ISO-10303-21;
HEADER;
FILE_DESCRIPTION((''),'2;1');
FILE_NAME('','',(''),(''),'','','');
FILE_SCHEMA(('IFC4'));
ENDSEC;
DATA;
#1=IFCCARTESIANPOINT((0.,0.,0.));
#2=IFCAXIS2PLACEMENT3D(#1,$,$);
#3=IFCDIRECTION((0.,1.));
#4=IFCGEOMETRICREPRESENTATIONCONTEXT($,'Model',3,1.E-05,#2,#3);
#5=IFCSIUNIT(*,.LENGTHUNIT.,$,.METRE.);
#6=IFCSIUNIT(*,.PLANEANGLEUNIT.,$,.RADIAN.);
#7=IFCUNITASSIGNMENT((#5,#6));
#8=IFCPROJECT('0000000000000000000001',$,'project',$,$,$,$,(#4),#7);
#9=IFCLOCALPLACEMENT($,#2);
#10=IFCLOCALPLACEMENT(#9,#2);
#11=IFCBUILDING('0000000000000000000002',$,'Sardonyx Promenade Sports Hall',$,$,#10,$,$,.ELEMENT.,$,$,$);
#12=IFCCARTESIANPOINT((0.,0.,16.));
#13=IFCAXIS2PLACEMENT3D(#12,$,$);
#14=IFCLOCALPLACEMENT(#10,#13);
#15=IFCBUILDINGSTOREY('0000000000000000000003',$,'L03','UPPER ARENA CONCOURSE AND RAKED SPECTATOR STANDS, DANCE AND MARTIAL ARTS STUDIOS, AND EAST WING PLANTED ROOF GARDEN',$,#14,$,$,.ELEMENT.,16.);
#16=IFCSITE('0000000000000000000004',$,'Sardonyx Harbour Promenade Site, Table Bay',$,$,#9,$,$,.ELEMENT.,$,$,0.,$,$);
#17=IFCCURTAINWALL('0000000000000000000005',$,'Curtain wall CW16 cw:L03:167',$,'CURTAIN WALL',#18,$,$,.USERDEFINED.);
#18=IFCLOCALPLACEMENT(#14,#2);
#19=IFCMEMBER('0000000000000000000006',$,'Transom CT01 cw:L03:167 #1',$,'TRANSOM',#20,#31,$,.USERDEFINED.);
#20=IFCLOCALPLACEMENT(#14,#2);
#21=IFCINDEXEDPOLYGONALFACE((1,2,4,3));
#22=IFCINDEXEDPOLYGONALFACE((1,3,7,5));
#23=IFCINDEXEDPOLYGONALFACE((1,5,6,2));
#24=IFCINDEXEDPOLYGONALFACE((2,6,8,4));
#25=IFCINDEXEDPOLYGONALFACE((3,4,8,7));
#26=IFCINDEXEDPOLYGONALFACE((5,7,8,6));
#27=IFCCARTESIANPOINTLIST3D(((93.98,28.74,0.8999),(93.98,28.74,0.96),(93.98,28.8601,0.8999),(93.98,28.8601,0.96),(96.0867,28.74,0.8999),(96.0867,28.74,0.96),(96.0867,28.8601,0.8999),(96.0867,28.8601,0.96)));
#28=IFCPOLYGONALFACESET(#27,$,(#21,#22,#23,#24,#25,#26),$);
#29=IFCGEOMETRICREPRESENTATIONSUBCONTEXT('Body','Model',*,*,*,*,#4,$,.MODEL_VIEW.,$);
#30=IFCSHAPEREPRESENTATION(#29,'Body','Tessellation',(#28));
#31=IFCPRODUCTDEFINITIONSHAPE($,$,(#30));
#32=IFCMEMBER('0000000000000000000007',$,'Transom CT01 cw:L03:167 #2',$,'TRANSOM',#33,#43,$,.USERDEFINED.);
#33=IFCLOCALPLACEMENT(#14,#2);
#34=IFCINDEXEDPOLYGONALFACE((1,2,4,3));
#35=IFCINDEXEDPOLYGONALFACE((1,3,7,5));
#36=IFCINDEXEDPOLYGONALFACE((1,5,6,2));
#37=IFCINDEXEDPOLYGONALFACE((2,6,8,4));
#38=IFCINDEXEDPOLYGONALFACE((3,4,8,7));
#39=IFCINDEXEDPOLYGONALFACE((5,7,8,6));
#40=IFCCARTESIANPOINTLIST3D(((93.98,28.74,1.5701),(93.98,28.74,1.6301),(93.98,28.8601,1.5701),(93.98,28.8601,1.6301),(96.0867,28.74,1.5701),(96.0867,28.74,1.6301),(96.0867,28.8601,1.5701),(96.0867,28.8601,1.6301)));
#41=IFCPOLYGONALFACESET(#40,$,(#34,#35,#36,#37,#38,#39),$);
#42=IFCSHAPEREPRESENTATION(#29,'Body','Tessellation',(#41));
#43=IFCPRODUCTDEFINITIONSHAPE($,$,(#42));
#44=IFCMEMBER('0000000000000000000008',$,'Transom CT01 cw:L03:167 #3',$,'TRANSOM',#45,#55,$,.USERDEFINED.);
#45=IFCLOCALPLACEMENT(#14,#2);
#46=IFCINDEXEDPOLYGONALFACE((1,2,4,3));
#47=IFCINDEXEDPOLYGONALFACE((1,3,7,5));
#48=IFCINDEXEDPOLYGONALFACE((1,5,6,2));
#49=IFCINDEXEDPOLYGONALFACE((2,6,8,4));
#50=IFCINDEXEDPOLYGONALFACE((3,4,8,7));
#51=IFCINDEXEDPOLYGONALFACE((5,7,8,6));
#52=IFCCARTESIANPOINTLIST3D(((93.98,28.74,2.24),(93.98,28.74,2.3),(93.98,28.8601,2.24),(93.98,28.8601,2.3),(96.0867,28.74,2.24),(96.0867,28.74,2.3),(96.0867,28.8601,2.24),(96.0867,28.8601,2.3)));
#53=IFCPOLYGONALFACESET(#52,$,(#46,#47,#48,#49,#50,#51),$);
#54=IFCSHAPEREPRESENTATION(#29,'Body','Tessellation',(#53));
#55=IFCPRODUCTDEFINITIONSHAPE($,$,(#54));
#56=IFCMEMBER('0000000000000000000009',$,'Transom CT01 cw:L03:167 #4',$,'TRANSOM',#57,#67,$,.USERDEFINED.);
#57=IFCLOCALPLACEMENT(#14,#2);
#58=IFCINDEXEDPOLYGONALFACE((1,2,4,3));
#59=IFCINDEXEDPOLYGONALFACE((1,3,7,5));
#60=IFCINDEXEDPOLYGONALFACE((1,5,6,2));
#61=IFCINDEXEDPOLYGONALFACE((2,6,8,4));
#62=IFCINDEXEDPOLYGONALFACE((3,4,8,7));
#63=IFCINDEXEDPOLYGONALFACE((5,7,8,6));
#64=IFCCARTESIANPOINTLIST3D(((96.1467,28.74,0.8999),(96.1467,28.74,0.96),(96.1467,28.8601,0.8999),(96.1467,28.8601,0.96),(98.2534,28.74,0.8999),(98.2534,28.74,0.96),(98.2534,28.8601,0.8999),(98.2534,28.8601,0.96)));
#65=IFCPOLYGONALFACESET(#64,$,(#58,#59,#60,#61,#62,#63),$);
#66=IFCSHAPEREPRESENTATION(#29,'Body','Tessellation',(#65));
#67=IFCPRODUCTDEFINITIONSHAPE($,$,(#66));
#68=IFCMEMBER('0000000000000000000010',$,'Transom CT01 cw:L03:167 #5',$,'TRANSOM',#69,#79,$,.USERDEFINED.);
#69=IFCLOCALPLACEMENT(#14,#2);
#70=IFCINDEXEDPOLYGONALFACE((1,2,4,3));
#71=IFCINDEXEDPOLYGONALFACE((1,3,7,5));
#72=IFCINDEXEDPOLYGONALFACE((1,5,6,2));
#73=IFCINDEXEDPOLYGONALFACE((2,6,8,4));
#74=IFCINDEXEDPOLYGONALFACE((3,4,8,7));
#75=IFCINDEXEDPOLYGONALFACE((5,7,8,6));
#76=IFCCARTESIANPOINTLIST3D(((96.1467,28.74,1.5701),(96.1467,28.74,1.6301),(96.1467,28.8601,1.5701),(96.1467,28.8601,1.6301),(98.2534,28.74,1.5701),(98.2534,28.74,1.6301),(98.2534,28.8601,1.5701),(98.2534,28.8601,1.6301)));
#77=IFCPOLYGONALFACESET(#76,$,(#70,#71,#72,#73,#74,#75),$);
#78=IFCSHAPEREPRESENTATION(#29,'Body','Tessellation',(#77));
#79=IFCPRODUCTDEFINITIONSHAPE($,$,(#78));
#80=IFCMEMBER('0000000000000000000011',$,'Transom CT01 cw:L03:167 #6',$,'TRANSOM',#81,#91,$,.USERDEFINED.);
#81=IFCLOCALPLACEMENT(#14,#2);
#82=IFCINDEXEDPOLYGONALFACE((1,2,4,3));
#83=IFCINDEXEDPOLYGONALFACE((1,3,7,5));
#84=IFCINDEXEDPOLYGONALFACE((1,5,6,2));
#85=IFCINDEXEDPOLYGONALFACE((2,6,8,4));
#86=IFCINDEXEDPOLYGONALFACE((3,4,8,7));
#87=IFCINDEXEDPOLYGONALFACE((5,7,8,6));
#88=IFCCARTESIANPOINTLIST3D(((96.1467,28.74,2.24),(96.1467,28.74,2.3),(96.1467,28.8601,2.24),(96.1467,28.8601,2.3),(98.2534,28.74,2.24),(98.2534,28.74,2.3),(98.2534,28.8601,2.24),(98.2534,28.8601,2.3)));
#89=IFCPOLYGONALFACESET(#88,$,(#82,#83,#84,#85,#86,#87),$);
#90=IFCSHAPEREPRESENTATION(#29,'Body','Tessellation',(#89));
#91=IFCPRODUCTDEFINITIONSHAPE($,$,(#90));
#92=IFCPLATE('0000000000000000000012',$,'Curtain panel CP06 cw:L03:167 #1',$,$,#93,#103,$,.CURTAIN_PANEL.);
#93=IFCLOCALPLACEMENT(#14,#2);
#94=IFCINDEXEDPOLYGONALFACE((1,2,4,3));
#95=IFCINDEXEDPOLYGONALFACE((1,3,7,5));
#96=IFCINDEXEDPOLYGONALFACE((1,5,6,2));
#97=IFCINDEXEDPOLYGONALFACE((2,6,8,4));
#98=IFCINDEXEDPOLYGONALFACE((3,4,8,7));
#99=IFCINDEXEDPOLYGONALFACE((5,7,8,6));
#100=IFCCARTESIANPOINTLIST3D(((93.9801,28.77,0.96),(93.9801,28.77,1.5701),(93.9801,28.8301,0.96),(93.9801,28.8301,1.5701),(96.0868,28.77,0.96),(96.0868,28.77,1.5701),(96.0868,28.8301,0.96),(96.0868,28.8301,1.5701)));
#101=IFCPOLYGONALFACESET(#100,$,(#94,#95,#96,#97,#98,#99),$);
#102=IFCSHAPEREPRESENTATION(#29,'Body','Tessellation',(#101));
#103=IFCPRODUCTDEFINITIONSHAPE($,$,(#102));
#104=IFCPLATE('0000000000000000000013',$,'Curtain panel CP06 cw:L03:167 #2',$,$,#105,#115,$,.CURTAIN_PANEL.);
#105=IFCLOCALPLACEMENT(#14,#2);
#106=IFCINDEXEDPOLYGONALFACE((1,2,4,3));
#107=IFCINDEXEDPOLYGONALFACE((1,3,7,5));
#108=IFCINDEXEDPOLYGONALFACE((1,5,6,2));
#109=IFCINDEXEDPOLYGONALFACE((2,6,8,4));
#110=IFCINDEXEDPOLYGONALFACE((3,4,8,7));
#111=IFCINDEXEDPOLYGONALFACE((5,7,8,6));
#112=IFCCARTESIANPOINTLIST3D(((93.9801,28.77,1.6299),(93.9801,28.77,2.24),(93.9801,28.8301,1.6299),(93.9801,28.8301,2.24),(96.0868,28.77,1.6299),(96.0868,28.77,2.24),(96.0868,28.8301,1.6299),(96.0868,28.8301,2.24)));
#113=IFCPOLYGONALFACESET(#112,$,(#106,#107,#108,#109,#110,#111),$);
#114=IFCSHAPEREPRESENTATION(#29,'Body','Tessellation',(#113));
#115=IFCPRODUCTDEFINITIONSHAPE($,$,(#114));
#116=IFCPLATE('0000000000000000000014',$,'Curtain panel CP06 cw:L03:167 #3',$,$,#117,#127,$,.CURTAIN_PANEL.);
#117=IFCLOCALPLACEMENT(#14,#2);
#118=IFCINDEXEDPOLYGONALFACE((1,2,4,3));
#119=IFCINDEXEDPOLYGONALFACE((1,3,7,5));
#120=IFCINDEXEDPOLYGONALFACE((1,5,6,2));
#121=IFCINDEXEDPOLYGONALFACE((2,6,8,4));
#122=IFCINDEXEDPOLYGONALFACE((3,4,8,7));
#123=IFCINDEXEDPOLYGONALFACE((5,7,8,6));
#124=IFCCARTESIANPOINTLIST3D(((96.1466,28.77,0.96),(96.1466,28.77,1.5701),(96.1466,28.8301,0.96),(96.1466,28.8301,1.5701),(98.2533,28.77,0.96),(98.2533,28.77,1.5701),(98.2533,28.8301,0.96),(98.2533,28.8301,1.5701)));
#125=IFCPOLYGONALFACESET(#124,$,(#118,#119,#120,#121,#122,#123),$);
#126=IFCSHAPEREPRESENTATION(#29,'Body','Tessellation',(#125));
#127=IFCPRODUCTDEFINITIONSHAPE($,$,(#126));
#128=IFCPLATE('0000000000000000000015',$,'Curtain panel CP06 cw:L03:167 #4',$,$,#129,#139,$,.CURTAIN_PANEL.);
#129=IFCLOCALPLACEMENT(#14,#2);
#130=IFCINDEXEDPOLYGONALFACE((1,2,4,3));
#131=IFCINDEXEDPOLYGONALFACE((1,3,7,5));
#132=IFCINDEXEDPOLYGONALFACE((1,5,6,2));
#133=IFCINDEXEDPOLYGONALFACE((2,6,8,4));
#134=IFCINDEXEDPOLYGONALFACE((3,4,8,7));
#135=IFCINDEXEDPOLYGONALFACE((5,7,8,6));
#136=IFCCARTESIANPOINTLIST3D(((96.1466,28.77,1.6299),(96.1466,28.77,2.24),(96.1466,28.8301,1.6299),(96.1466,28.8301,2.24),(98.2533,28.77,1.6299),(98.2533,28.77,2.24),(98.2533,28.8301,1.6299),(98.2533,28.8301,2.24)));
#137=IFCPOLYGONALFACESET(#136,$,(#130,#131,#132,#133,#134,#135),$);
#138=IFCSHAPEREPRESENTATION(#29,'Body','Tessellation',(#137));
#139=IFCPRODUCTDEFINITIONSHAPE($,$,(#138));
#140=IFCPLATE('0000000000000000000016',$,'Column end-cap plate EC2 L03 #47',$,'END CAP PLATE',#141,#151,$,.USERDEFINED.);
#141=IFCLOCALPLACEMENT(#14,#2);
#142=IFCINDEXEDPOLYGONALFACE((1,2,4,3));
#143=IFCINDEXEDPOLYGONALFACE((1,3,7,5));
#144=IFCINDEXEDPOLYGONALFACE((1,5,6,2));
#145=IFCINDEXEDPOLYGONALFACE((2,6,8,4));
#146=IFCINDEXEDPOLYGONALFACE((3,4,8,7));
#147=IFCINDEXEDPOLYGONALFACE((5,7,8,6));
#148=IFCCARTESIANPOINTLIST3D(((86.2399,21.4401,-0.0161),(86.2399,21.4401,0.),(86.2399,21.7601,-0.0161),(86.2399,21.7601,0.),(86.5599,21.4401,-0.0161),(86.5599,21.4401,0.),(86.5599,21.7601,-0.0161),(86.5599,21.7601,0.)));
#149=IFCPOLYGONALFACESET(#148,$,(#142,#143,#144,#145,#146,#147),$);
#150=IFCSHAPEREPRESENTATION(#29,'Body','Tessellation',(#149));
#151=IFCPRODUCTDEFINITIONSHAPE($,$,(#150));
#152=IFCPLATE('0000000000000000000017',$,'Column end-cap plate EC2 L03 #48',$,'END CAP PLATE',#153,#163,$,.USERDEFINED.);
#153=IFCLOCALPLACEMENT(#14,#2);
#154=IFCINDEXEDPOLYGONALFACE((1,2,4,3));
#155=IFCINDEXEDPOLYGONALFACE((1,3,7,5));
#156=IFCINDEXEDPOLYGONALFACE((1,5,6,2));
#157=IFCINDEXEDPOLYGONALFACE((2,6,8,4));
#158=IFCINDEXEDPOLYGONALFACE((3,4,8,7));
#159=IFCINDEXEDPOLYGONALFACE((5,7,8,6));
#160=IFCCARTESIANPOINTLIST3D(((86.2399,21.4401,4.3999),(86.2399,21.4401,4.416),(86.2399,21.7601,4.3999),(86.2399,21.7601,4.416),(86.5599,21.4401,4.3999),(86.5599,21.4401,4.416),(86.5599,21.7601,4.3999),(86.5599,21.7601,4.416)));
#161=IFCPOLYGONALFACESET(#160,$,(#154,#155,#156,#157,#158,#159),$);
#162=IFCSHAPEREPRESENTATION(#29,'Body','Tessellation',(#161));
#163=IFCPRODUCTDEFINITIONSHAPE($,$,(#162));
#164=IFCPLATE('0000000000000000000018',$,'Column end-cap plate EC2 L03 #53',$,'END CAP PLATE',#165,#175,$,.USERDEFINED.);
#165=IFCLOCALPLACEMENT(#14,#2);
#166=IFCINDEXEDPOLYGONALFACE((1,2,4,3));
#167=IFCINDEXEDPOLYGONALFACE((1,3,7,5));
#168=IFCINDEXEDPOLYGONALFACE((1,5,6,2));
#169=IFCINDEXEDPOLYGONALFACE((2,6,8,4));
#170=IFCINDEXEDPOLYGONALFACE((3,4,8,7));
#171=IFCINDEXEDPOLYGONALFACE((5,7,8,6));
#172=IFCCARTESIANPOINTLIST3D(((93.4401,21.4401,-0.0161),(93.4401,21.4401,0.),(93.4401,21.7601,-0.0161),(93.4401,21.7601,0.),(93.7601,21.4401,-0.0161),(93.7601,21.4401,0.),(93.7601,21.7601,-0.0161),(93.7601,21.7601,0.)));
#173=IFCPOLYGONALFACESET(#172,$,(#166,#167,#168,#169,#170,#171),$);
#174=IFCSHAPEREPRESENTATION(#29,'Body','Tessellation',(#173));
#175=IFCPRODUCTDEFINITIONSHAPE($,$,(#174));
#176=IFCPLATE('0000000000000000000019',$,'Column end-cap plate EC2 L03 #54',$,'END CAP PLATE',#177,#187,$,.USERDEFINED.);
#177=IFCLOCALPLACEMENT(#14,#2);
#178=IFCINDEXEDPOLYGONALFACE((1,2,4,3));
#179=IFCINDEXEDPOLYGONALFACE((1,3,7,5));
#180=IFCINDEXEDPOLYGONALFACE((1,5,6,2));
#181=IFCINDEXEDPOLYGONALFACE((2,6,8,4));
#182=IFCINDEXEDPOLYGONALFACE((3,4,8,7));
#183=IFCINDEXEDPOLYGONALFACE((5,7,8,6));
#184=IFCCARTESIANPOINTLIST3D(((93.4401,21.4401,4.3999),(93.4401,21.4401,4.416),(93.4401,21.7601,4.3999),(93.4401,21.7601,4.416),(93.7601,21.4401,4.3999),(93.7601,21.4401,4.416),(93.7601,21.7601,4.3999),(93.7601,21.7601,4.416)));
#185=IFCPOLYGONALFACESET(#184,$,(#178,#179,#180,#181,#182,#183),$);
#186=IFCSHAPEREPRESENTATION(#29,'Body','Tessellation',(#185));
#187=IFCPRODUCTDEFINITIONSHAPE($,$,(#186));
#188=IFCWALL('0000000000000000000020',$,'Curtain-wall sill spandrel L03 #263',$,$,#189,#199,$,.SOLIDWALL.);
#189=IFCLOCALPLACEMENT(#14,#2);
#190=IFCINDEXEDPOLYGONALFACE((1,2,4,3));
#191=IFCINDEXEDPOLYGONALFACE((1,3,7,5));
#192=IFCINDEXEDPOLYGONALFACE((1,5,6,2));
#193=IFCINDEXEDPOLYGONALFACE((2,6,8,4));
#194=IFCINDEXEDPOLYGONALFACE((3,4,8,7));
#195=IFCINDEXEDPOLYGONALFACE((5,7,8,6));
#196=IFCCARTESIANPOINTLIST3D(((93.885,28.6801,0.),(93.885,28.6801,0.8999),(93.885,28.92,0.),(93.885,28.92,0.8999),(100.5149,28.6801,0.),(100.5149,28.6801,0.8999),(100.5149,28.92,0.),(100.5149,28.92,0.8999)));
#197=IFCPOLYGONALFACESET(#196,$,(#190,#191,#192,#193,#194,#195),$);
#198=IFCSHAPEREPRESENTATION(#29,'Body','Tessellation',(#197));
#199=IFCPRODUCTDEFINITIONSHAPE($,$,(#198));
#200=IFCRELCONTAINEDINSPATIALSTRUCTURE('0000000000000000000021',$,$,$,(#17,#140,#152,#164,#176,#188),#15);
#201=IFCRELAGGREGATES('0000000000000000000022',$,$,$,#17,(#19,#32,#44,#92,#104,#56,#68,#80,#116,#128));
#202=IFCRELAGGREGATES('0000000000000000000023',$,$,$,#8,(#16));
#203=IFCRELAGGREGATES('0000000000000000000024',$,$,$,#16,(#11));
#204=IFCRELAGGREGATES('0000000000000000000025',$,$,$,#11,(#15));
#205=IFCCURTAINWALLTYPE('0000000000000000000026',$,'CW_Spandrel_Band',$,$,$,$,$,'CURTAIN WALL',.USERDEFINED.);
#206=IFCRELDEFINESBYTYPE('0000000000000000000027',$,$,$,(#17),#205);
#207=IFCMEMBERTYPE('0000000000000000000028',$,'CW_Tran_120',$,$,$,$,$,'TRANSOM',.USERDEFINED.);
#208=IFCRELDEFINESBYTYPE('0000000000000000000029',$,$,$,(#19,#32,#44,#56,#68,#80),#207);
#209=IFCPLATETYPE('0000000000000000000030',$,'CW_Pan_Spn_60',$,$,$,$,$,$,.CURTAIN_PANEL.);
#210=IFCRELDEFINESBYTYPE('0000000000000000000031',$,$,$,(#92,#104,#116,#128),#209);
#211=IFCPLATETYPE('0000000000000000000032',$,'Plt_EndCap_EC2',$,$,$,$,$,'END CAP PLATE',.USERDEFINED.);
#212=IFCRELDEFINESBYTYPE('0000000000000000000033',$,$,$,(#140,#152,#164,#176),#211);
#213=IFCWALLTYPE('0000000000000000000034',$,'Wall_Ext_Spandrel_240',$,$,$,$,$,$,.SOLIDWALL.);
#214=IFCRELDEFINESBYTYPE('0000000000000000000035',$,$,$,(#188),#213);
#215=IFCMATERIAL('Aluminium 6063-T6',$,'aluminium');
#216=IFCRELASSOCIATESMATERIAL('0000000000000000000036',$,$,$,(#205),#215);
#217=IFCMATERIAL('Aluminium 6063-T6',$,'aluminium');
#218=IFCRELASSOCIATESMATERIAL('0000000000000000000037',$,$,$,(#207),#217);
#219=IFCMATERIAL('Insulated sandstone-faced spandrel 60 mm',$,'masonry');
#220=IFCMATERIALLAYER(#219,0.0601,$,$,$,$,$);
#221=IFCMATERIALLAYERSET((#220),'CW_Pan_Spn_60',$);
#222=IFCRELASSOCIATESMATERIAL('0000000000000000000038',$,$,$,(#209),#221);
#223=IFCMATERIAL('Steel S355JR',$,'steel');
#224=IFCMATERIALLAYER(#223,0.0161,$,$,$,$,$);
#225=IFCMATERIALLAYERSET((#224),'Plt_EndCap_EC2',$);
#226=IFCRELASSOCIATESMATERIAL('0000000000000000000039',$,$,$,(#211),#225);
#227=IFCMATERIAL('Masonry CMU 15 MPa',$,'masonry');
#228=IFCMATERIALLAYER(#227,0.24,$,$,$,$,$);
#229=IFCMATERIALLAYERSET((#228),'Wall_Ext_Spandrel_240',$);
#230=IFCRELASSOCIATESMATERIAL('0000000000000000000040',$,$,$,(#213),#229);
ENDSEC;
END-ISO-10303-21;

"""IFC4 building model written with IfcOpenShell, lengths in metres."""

from ifc_helpers import new_model, si_unit, direction, frame, frame_2d, origin, origin_2d, place, context, subcontext, project, spatial, rectangle, extrude, material, layer, layer_set, material_profile, profile_set, type_object, element, aggregate, save


model = new_model("IFC4")

# Units and contexts
model_context = context("Model", 3, precision=1e-05, world=origin(), true_north=direction((0.0, 1.0)))
body_context = subcontext(model_context, "Body", "Model", "MODEL_VIEW")
ifc_project = project(units=[si_unit("LENGTHUNIT", "METRE"), si_unit("PLANEANGLEUNIT", "RADIAN")], contexts=[model_context])

# Site, building, storey
site_placement = place(None, origin())
site = spatial("IfcSite", under=ifc_project, at=site_placement, Name="Sardonyx Harbour Promenade Site, Table Bay", CompositionType="ELEMENT", RefElevation=0.0)
building_placement = place(site_placement, origin())
building = spatial("IfcBuilding", under=site, at=building_placement, Name="Sardonyx Promenade Sports Hall", CompositionType="ELEMENT")
storey_placement = place(building_placement, frame((0.0, 0.0, 16.0)))
storey = spatial("IfcBuildingStorey", under=building, at=storey_placement, Name="L03", Description="UPPER ARENA CONCOURSE AND RAKED SPECTATOR STANDS, DANCE AND MARTIAL ARTS STUDIOS, AND EAST WING PLANTED ROOF GARDEN", CompositionType="ELEMENT", Elevation=16.0)

# Curtain wall, members, plates
ifc_material_1 = material(Name="Aluminium 6063-T6", Category="aluminium")
curtain_wall_type = type_object("IfcCurtainWallType", Name="CW_Spandrel_Band", ElementType="CURTAIN WALL", PredefinedType="USERDEFINED", material=ifc_material_1)
curtain_wall_placement = place(storey_placement, origin())
curtain_wall = element("IfcCurtainWall", 1, at=curtain_wall_placement, inside=storey, type_object=curtain_wall_type, Name="Curtain wall CW16 cw:L03:167", ObjectType="CURTAIN WALL", PredefinedType="USERDEFINED")
ifc_material_2 = material(Name="Aluminium 6063-T6", Category="aluminium")
ifc_material_profile_1 = material_profile(ifc_material_2, rectangle(XDim=0.0601, YDim=0.1201, at=origin_2d()))
ifc_profile_set_1 = profile_set([ifc_material_profile_1], Name="Aluminium 6063-T6")
member_type_1 = type_object("IfcMemberType", Name="CW_Tran_120", ElementType="TRANSOM", PredefinedType="USERDEFINED", material=ifc_profile_set_1)
member_1_placement = place(storey_placement, frame((93.98, 28.8, 0.9299), z_axis=(1.0, 0.0, 0.0), x_axis=(0.0, 0.0, 1.0)))
member_1 = element("IfcMember", 2, at=member_1_placement, type_object=member_type_1, Name="Transom CT01 cw:L03:167 #1", ObjectType="TRANSOM", PredefinedType="USERDEFINED", context=body_context, shape_type="SweptSolid", body=[
    extrude(rectangle(XDim=0.0601, YDim=0.1201, at=origin_2d()), origin(), (0.0, 0.0, 1.0), 2.1067),
])
member_2_placement = place(storey_placement, frame((93.98, 28.8, 1.6001), z_axis=(1.0, 0.0, 0.0), x_axis=(0.0, 0.0, 1.0)))
member_2 = element("IfcMember", 3, at=member_2_placement, type_object=member_type_1, Name="Transom CT01 cw:L03:167 #2", ObjectType="TRANSOM", PredefinedType="USERDEFINED", context=body_context, shape_type="SweptSolid", body=[
    extrude(rectangle(XDim=0.0601, YDim=0.1201, at=origin_2d()), origin(), (0.0, 0.0, 1.0), 2.1067),
])
member_3_placement = place(storey_placement, frame((93.98, 28.8, 2.27), z_axis=(1.0, 0.0, 0.0), x_axis=(0.0, 0.0, 1.0)))
member_3 = element("IfcMember", 4, at=member_3_placement, type_object=member_type_1, Name="Transom CT01 cw:L03:167 #3", ObjectType="TRANSOM", PredefinedType="USERDEFINED", context=body_context, shape_type="SweptSolid", body=[
    extrude(rectangle(XDim=0.0601, YDim=0.1201, at=origin_2d()), origin(), (0.0, 0.0, 1.0), 2.1067),
])
member_4_placement = place(storey_placement, frame((96.1467, 28.8, 0.9299), z_axis=(1.0, 0.0, 0.0), x_axis=(0.0, 0.0, 1.0)))
member_4 = element("IfcMember", 5, at=member_4_placement, type_object=member_type_1, Name="Transom CT01 cw:L03:167 #4", ObjectType="TRANSOM", PredefinedType="USERDEFINED", context=body_context, shape_type="SweptSolid", body=[
    extrude(rectangle(XDim=0.0601, YDim=0.1201, at=origin_2d()), origin(), (0.0, 0.0, 1.0), 2.1067),
])
member_5_placement = place(storey_placement, frame((96.1467, 28.8, 1.6001), z_axis=(1.0, 0.0, 0.0), x_axis=(0.0, 0.0, 1.0)))
member_5 = element("IfcMember", 6, at=member_5_placement, type_object=member_type_1, Name="Transom CT01 cw:L03:167 #5", ObjectType="TRANSOM", PredefinedType="USERDEFINED", context=body_context, shape_type="SweptSolid", body=[
    extrude(rectangle(XDim=0.0601, YDim=0.1201, at=origin_2d()), origin(), (0.0, 0.0, 1.0), 2.1067),
])
member_6_placement = place(storey_placement, frame((96.1467, 28.8, 2.27), z_axis=(1.0, 0.0, 0.0), x_axis=(0.0, 0.0, 1.0)))
member_6 = element("IfcMember", 7, at=member_6_placement, type_object=member_type_1, Name="Transom CT01 cw:L03:167 #6", ObjectType="TRANSOM", PredefinedType="USERDEFINED", context=body_context, shape_type="SweptSolid", body=[
    extrude(rectangle(XDim=0.0601, YDim=0.1201, at=origin_2d()), origin(), (0.0, 0.0, 1.0), 2.1067),
])
ifc_material_3 = material(Name="Insulated sandstone-faced spandrel 60 mm", Category="masonry")
ifc_layer_1 = layer(ifc_material_3, 0.0601)
ifc_layer_set_1 = layer_set([ifc_layer_1], Name="CW_Pan_Spn_60")
plate_type_1 = type_object("IfcPlateType", Name="CW_Pan_Spn_60", PredefinedType="CURTAIN_PANEL", material=ifc_layer_set_1)
plate_1_placement = place(storey_placement, frame((95.0334, 28.8, 0.96), z_axis=(0.0, 0.0, 1.0), x_axis=(1.0, 0.0, 0.0)))
plate_1 = element("IfcPlate", 8, at=plate_1_placement, type_object=plate_type_1, Name="Curtain panel CP06 cw:L03:167 #1", PredefinedType="CURTAIN_PANEL", context=body_context, shape_type="SweptSolid", body=[
    extrude(rectangle(XDim=2.1067, YDim=0.0601, at=origin_2d()), origin(), (0.0, 0.0, 1.0), 0.6101),
])
plate_2_placement = place(storey_placement, frame((95.0334, 28.8, 1.6299), z_axis=(0.0, 0.0, 1.0), x_axis=(1.0, 0.0, 0.0)))
plate_2 = element("IfcPlate", 9, at=plate_2_placement, type_object=plate_type_1, Name="Curtain panel CP06 cw:L03:167 #2", PredefinedType="CURTAIN_PANEL", context=body_context, shape_type="SweptSolid", body=[
    extrude(rectangle(XDim=2.1067, YDim=0.0601, at=origin_2d()), origin(), (0.0, 0.0, 1.0), 0.6101),
])
plate_3_placement = place(storey_placement, frame((97.2, 28.8, 0.96), z_axis=(0.0, 0.0, 1.0), x_axis=(1.0, 0.0, 0.0)))
plate_3 = element("IfcPlate", 10, at=plate_3_placement, type_object=plate_type_1, Name="Curtain panel CP06 cw:L03:167 #3", PredefinedType="CURTAIN_PANEL", context=body_context, shape_type="SweptSolid", body=[
    extrude(rectangle(XDim=2.1067, YDim=0.0601, at=origin_2d()), origin(), (0.0, 0.0, 1.0), 0.6101),
])
plate_4_placement = place(storey_placement, frame((97.2, 28.8, 1.6299), z_axis=(0.0, 0.0, 1.0), x_axis=(1.0, 0.0, 0.0)))
plate_4 = element("IfcPlate", 11, at=plate_4_placement, type_object=plate_type_1, Name="Curtain panel CP06 cw:L03:167 #4", PredefinedType="CURTAIN_PANEL", context=body_context, shape_type="SweptSolid", body=[
    extrude(rectangle(XDim=2.1067, YDim=0.0601, at=origin_2d()), origin(), (0.0, 0.0, 1.0), 0.6101),
])
aggregate(curtain_wall, [member_1, member_2, member_3, plate_1, plate_2, member_4, member_5, member_6, plate_3, plate_4])

# Plates
ifc_material_4 = material(Name="Steel S355JR", Category="steel")
ifc_layer_2 = layer(ifc_material_4, 0.0161)
ifc_layer_set_2 = layer_set([ifc_layer_2], Name="Plt_EndCap_EC2")
plate_type_2 = type_object("IfcPlateType", Name="Plt_EndCap_EC2", ElementType="END CAP PLATE", PredefinedType="USERDEFINED", material=ifc_layer_set_2)
for number, where, z_axis, x_axis, name in (
    (12, (86.3999, 21.6001, -0.0161), (0.0, 0.0, 1.0), (1.0, 0.0, 0.0), "Column end-cap plate EC2 L03 #47"),
    (13, (86.3999, 21.6001, 4.3999), (0.0, 0.0, 1.0), (1.0, 0.0, 0.0), "Column end-cap plate EC2 L03 #48"),
    (14, (93.6001, 21.6001, -0.0161), (0.0, 0.0, 1.0), (1.0, 0.0, 0.0), "Column end-cap plate EC2 L03 #53"),
    (15, (93.6001, 21.6001, 4.3999), (0.0, 0.0, 1.0), (1.0, 0.0, 0.0), "Column end-cap plate EC2 L03 #54"),
):
    element("IfcPlate", number, at=place(storey_placement, frame(where, z_axis=z_axis, x_axis=x_axis)), inside=storey, type_object=plate_type_2, Name=name, ObjectType="END CAP PLATE", PredefinedType="USERDEFINED", context=body_context, shape_type="SweptSolid", body=[
        extrude(rectangle(XDim=0.3201, YDim=0.3201, at=origin_2d()), origin(), (0.0, 0.0, 1.0), 0.0161),
    ])

# Wall
ifc_material_5 = material(Name="Masonry CMU 15 MPa", Category="masonry")
ifc_layer_3 = layer(ifc_material_5, 0.24)
ifc_layer_set_3 = layer_set([ifc_layer_3], Name="Wall_Ext_Spandrel_240")
wall_type_1 = type_object("IfcWallType", Name="Wall_Ext_Spandrel_240", PredefinedType="SOLIDWALL", material=ifc_layer_set_3)
wall_1_placement = place(storey_placement, frame((93.885, 28.8, 0.0), z_axis=(0.0, 0.0, 1.0), x_axis=(1.0, 0.0, 0.0)))
element("IfcWall", 16, at=wall_1_placement, inside=storey, type_object=wall_type_1, Name="Curtain-wall sill spandrel L03 #263", PredefinedType="SOLIDWALL", context=body_context, shape_type="SweptSolid", body=[
    extrude(rectangle(XDim=6.6299, YDim=0.24, at=frame_2d((3.3149, 0.0))), origin(), (0.0, 0.0, 1.0), 0.8999),
])

save(model, "model.ifc")
